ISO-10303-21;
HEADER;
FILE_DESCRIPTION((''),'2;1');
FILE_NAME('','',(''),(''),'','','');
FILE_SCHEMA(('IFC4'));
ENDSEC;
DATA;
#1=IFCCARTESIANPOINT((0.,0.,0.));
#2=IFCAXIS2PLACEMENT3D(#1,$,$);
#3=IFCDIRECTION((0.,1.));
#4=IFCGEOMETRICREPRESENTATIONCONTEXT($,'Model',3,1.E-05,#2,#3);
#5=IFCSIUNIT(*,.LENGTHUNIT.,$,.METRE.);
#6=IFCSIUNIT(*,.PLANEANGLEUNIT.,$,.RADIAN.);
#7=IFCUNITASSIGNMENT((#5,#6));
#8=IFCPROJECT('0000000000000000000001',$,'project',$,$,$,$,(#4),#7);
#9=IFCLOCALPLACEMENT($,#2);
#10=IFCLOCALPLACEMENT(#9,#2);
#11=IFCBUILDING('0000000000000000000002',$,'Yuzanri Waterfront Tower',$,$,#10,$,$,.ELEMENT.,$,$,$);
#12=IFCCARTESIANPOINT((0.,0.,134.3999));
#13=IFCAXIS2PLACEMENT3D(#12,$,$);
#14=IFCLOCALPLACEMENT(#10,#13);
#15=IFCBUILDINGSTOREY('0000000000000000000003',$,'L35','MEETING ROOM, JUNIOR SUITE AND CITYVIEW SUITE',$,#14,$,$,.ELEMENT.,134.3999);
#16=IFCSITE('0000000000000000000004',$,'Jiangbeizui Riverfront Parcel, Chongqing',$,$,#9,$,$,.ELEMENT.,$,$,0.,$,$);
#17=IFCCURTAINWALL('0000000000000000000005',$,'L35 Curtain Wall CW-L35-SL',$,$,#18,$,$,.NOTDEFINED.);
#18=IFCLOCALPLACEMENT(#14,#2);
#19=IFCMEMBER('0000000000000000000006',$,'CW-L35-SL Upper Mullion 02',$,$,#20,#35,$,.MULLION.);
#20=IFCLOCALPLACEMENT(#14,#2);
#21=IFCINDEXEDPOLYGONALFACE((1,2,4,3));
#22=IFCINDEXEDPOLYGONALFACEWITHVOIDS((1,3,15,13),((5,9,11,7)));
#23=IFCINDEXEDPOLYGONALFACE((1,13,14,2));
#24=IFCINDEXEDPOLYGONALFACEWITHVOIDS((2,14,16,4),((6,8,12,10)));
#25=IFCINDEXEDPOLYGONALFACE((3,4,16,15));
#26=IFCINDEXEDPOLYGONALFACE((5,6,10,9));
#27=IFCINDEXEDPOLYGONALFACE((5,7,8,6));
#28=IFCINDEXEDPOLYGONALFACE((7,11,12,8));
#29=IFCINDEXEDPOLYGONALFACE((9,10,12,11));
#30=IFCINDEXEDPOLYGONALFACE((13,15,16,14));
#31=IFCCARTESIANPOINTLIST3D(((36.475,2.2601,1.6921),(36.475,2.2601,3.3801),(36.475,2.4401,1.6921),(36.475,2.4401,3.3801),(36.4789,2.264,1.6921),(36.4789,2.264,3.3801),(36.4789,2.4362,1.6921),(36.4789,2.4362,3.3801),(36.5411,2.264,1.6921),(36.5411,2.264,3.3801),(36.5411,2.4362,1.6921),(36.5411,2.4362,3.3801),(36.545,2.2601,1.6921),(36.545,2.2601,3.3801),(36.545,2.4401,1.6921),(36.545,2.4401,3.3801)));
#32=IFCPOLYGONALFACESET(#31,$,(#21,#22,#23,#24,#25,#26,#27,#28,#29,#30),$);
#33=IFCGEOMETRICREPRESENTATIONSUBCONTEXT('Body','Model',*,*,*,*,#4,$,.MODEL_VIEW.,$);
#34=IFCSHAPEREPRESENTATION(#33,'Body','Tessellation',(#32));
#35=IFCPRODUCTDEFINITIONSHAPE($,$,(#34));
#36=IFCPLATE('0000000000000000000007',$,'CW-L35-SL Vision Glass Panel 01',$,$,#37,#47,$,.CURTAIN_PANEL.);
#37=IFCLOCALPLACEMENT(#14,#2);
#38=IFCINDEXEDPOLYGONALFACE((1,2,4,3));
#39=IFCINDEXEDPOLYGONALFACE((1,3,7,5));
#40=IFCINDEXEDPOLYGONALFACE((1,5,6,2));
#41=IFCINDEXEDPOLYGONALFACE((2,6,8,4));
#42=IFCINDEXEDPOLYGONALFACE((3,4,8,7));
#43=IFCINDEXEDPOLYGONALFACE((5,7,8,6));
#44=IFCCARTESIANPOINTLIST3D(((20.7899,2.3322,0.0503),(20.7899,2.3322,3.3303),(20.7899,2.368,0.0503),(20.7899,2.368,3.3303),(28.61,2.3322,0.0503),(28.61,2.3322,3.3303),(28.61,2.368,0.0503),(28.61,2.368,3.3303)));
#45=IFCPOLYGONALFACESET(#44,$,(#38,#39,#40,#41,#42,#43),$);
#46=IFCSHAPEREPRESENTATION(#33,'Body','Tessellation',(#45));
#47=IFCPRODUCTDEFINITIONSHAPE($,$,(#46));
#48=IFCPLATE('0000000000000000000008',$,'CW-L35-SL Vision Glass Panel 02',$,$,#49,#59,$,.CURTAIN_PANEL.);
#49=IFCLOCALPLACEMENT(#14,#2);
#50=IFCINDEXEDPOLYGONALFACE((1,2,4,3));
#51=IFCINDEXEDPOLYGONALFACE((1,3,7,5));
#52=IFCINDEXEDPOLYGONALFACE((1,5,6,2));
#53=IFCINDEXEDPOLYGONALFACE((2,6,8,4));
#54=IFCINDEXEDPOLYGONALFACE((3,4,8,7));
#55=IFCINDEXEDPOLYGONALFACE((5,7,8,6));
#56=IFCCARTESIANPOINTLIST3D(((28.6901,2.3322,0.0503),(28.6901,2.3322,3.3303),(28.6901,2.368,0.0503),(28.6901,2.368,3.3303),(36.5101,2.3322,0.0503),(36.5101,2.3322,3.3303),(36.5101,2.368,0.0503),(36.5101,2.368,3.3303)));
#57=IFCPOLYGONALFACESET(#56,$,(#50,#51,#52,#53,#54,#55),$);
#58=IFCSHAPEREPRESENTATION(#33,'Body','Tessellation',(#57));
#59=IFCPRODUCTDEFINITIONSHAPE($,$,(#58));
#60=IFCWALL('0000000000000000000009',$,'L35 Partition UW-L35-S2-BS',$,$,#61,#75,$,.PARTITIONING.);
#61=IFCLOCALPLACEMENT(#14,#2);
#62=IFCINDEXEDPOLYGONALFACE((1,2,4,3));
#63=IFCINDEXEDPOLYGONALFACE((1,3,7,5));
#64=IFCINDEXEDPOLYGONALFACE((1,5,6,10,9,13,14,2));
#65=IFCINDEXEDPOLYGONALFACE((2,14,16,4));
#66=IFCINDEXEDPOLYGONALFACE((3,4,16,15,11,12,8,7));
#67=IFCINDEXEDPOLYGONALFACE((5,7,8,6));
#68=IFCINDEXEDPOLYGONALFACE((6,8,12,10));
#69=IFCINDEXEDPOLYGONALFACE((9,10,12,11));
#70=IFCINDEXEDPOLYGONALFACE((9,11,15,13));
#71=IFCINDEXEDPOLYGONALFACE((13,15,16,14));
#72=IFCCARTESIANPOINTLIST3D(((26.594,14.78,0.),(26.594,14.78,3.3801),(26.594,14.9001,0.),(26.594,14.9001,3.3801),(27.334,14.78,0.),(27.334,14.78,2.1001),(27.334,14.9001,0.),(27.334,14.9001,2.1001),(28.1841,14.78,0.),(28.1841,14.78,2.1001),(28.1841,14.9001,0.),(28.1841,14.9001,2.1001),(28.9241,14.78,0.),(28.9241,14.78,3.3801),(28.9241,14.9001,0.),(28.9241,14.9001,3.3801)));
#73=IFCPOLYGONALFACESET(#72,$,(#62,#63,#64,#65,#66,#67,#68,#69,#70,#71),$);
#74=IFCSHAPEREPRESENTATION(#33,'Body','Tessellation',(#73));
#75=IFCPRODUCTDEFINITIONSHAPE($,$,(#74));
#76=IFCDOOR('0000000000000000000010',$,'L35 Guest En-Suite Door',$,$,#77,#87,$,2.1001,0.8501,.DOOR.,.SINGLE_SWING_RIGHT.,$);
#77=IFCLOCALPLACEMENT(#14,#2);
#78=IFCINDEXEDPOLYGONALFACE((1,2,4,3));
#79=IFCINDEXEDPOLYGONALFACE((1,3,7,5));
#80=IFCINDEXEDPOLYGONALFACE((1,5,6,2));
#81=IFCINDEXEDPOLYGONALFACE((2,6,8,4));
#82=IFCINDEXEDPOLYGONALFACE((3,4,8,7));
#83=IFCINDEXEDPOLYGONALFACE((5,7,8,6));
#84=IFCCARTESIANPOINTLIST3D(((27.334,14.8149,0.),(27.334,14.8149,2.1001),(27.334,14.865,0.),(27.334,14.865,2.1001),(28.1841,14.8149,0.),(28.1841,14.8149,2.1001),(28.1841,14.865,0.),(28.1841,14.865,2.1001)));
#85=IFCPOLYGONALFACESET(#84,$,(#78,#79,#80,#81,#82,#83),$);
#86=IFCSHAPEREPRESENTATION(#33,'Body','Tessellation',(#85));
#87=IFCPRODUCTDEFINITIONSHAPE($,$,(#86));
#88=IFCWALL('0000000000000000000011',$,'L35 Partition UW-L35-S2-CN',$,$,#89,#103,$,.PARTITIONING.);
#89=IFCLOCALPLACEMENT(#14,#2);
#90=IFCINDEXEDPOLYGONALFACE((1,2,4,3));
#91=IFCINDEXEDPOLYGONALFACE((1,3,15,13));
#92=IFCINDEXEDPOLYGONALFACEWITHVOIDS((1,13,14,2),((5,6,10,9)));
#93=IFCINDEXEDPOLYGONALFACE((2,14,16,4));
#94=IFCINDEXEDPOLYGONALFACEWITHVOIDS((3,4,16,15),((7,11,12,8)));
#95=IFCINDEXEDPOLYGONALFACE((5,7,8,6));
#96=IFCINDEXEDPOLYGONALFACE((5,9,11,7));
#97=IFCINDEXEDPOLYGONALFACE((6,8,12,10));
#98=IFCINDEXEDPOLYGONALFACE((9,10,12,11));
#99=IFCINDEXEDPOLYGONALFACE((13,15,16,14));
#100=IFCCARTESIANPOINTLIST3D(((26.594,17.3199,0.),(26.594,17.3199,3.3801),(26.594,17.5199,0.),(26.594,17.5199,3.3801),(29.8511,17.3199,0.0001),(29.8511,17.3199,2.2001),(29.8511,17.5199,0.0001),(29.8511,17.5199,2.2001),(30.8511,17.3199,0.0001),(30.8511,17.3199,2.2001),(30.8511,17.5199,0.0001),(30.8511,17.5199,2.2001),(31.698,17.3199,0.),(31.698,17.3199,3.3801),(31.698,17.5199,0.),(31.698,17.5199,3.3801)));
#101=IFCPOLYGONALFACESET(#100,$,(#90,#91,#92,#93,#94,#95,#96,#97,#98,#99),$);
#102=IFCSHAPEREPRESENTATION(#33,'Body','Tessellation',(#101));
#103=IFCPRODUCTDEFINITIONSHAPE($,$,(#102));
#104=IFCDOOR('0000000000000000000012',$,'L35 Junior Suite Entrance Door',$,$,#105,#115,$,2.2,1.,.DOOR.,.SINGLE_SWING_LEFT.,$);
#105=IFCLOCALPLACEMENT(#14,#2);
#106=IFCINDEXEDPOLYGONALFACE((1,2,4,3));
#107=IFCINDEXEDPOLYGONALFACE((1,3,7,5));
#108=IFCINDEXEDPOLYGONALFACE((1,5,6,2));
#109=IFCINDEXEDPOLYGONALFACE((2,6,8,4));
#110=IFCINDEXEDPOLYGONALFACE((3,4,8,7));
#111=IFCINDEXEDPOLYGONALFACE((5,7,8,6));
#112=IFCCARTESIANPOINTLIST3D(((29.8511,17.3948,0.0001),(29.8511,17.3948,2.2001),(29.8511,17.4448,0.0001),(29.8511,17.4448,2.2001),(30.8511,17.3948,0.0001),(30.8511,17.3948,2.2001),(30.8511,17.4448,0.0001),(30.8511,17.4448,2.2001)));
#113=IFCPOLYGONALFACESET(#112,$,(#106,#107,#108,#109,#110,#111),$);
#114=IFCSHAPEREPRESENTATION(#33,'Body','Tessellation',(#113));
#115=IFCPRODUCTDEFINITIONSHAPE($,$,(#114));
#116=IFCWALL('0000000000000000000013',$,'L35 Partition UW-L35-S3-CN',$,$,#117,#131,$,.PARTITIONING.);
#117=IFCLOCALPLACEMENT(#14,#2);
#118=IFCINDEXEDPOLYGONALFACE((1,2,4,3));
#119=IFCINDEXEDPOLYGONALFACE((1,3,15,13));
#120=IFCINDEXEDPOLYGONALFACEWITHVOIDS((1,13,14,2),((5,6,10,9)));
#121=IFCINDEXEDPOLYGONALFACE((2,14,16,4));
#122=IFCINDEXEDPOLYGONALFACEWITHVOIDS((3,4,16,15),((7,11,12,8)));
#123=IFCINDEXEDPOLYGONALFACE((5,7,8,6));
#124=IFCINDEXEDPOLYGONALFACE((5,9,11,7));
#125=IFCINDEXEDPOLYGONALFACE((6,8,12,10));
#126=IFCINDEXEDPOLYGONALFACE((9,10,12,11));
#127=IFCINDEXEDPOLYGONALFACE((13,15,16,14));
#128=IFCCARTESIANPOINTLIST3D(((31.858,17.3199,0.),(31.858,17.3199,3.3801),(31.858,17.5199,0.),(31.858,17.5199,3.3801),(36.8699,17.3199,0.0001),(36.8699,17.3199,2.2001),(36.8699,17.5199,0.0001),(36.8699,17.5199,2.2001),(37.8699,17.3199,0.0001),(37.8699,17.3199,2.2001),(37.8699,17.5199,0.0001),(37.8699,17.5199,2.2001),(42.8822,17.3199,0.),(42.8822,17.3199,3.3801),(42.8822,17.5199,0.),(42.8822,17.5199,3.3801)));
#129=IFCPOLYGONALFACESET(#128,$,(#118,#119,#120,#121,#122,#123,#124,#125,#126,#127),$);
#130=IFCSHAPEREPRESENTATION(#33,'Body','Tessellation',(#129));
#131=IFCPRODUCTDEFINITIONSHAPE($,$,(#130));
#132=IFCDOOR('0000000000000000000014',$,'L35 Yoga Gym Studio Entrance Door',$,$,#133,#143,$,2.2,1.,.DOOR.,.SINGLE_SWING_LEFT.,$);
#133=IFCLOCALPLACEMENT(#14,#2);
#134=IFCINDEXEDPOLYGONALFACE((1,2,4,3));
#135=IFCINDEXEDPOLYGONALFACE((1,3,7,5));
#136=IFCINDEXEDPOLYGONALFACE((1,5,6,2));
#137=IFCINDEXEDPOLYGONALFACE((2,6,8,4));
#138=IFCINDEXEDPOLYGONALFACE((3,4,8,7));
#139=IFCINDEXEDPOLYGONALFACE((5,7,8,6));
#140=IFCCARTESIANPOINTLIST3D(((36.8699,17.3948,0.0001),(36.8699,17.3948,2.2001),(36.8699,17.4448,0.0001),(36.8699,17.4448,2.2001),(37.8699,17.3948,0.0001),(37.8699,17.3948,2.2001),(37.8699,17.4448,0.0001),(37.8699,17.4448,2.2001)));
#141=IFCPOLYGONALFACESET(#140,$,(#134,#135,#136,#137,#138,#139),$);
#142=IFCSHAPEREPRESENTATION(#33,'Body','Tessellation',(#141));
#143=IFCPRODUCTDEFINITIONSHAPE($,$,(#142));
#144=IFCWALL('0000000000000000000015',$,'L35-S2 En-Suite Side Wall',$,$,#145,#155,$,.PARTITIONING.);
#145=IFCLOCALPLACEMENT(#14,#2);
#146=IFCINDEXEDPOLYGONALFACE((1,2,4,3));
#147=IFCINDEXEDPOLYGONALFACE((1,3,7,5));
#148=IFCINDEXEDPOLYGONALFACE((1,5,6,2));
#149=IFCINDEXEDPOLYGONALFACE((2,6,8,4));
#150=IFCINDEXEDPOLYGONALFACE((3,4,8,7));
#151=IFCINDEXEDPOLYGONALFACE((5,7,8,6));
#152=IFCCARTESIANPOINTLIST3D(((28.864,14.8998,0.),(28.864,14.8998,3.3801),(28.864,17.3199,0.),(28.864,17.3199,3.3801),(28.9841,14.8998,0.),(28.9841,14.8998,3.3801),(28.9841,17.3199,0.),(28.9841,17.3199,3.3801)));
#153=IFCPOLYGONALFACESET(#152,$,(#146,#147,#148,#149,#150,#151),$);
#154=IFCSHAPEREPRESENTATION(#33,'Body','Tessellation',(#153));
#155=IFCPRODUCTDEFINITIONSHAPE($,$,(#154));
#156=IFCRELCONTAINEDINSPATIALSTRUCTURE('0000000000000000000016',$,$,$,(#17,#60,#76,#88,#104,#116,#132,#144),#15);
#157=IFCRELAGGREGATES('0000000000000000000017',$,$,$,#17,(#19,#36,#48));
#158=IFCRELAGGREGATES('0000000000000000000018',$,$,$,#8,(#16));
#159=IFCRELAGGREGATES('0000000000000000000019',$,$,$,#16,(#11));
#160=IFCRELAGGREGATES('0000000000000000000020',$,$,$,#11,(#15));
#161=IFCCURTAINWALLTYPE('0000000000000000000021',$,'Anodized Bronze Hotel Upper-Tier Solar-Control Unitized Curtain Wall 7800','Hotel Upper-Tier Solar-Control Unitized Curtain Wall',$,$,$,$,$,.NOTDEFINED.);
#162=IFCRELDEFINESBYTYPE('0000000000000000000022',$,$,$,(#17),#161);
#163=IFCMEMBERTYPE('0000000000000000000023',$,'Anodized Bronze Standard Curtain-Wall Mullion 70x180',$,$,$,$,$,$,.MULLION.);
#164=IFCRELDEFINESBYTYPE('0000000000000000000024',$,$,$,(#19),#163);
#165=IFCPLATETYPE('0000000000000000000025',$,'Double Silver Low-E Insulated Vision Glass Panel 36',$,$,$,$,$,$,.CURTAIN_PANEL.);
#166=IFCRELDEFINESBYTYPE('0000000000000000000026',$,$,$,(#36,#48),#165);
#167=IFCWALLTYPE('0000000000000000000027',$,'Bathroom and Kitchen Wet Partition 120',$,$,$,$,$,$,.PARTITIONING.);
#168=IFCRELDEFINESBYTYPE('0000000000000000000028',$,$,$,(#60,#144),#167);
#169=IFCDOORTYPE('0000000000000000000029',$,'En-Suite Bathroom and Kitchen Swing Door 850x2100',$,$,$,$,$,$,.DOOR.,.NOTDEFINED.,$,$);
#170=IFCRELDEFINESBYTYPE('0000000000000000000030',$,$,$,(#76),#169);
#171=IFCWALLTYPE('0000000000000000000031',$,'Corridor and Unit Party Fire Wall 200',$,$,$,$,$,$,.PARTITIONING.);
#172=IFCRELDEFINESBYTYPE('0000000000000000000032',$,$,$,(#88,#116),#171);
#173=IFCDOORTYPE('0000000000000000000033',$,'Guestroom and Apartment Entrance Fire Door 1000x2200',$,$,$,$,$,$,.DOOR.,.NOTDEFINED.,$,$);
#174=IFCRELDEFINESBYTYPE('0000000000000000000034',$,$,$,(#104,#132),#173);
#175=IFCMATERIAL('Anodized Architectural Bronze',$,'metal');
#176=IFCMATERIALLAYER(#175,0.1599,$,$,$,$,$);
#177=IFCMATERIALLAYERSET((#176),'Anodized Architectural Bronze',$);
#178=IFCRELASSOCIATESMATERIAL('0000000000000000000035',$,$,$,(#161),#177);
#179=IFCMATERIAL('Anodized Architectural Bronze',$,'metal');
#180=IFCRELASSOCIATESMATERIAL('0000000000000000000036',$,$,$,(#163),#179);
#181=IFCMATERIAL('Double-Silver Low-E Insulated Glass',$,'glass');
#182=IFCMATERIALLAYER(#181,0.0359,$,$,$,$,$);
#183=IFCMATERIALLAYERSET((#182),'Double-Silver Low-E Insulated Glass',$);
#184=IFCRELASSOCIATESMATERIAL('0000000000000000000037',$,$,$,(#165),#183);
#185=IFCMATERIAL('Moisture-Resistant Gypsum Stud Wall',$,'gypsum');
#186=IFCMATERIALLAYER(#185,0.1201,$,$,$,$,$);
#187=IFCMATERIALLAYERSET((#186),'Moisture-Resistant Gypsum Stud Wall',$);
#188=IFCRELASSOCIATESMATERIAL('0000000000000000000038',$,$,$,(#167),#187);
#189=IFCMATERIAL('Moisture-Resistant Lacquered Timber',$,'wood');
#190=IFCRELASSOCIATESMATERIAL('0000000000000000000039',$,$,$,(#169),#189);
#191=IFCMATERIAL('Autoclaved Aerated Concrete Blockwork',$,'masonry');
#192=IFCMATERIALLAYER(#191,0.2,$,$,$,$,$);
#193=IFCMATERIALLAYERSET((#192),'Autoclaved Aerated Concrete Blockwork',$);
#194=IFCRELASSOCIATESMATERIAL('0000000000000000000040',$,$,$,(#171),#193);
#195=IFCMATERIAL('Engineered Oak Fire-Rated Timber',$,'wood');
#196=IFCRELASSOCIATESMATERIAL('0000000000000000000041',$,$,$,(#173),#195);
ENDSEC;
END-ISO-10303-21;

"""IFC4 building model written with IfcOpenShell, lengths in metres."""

from ifc_helpers import new_model, si_unit, direction, frame, frame_2d, origin, origin_2d, place, context, subcontext, project, spatial, rectangle, hollow_rectangle, extrude, source, transform, mapped, material, layer, layer_set, material_profile, profile_set, type_object, element, fill, aggregate, save


model = new_model("IFC4")

# Units and contexts
model_context = context("Model", 3, precision=1e-05, world=origin(), true_north=direction((0.0, 1.0)))
body_context = subcontext(model_context, "Body", "Model", "MODEL_VIEW")
ifc_project = project(units=[si_unit("LENGTHUNIT", "METRE"), si_unit("PLANEANGLEUNIT", "RADIAN")], contexts=[model_context])

# Site, building, storey
site_placement = place(None, origin())
site = spatial("IfcSite", under=ifc_project, at=site_placement, Name="Jiangbeizui Riverfront Parcel, Chongqing", CompositionType="ELEMENT", RefElevation=0.0)
building_placement = place(site_placement, origin())
building = spatial("IfcBuilding", under=site, at=building_placement, Name="Yuzanri Waterfront Tower", CompositionType="ELEMENT")
storey_placement = place(building_placement, frame((0.0, 0.0, 134.3999)))
storey = spatial("IfcBuildingStorey", under=building, at=storey_placement, Name="L35", Description="MEETING ROOM, JUNIOR SUITE AND CITYVIEW SUITE", CompositionType="ELEMENT", Elevation=134.3999)

# Curtain wall, member, plates
ifc_material_1 = material(Name="Anodized Architectural Bronze", Category="metal")
ifc_layer_1 = layer(ifc_material_1, 0.1599)
ifc_layer_set_1 = layer_set([ifc_layer_1], Name="Anodized Architectural Bronze")
curtain_wall_type = type_object("IfcCurtainWallType", Name="Anodized Bronze Hotel Upper-Tier Solar-Control Unitized Curtain Wall 7800", Description="Hotel Upper-Tier Solar-Control Unitized Curtain Wall", PredefinedType="NOTDEFINED", material=ifc_layer_set_1)
curtain_wall_placement = place(storey_placement, origin())
curtain_wall = element("IfcCurtainWall", 1, at=curtain_wall_placement, inside=storey, type_object=curtain_wall_type, Name="L35 Curtain Wall CW-L35-SL", PredefinedType="NOTDEFINED")
ifc_material_2 = material(Name="Anodized Architectural Bronze", Category="metal")
ifc_material_profile_1 = material_profile(ifc_material_2, hollow_rectangle(XDim=0.0701, YDim=0.1799, WallThickness=0.0039, at=origin_2d()), Name="CWM 70x180")
ifc_profile_set_1 = profile_set([ifc_material_profile_1], Name="Anodized Architectural Bronze")
member_type = type_object("IfcMemberType", Name="Anodized Bronze Standard Curtain-Wall Mullion 70x180", PredefinedType="MULLION", material=ifc_profile_set_1)
shared_shape_1 = source(origin(), body_context, "Body", "SweptSolid", [
    extrude(hollow_rectangle(XDim=0.0701, YDim=0.1799, WallThickness=0.0039, at=origin_2d()), origin(), (0.0, 0.0, 1.0), 1.688),
])
member_1_placement = place(storey_placement, frame((36.51, 2.3501, 1.6921), z_axis=(0.0, 0.0, 1.0), x_axis=(1.0, 0.0, 0.0)))
member_1 = element("IfcMember", 2, at=member_1_placement, type_object=member_type, Name="CW-L35-SL Upper Mullion 02", PredefinedType="MULLION", context=body_context, shape_type="MappedRepresentation", body=[
    mapped(shared_shape_1, transform((0.0, 0.0, 0.0), scale=1.0)),
])
ifc_material_3 = material(Name="Double-Silver Low-E Insulated Glass", Category="glass")
ifc_layer_2 = layer(ifc_material_3, 0.0359)
ifc_layer_set_2 = layer_set([ifc_layer_2], Name="Double-Silver Low-E Insulated Glass")
plate_type = type_object("IfcPlateType", Name="Double Silver Low-E Insulated Vision Glass Panel 36", PredefinedType="CURTAIN_PANEL", material=ifc_layer_set_2)
shared_shape_2 = source(origin(), body_context, "Body", "SweptSolid", [
    extrude(rectangle(XDim=7.8201, YDim=0.0359, at=origin_2d()), origin(), (0.0, 0.0, 1.0), 3.28),
])
plate_1_placement = place(storey_placement, frame((24.7, 2.3501, 0.0503), z_axis=(0.0, 0.0, 1.0), x_axis=(1.0, 0.0, 0.0)))
plate_1 = element("IfcPlate", 3, at=plate_1_placement, type_object=plate_type, Name="CW-L35-SL Vision Glass Panel 01", PredefinedType="CURTAIN_PANEL", context=body_context, shape_type="MappedRepresentation", body=[
    mapped(shared_shape_2, transform((0.0, 0.0, 0.0), scale=1.0)),
])
plate_2_placement = place(storey_placement, frame((32.6001, 2.3501, 0.0503), z_axis=(0.0, 0.0, 1.0), x_axis=(1.0, 0.0, 0.0)))
plate_2 = element("IfcPlate", 4, at=plate_2_placement, type_object=plate_type, Name="CW-L35-SL Vision Glass Panel 02", PredefinedType="CURTAIN_PANEL", context=body_context, shape_type="MappedRepresentation", body=[
    mapped(shared_shape_2, transform((0.0, 0.0, 0.0), scale=1.0)),
])
aggregate(curtain_wall, [member_1, plate_1, plate_2])

# Walls, openings, doors
ifc_material_4 = material(Name="Moisture-Resistant Gypsum Stud Wall", Category="gypsum")
ifc_layer_3 = layer(ifc_material_4, 0.1201)
ifc_layer_set_3 = layer_set([ifc_layer_3], Name="Moisture-Resistant Gypsum Stud Wall")
wall_type_1 = type_object("IfcWallType", Name="Bathroom and Kitchen Wet Partition 120", PredefinedType="PARTITIONING", material=ifc_layer_set_3)
wall_1_placement = place(storey_placement, frame((26.594, 14.8401, 0.0), z_axis=(0.0, 0.0, 1.0), x_axis=(1.0, 0.0, 0.0)))
wall_1 = element("IfcWall", 5, at=wall_1_placement, inside=storey, type_object=wall_type_1, Name="L35 Partition UW-L35-S2-BS", PredefinedType="PARTITIONING", context=body_context, shape_type="SweptSolid", body=[
    extrude(rectangle(XDim=2.3301, YDim=0.1201, at=frame_2d((1.165, 0.0))), origin(), (0.0, 0.0, 1.0), 3.3801),
])
opening_1_placement = place(wall_1_placement, frame((0.74, 0.0, 0.0)))
opening_1 = element("IfcOpeningElement", 6, at=opening_1_placement, cuts=wall_1, PredefinedType="OPENING", context=body_context, shape_type="SweptSolid", body=[
    extrude(rectangle(XDim=0.8501, YDim=2.1001, at=frame_2d((0.425, 1.05))), frame((0.0, 0.075, 0.0), z_axis=(0.0, -1.0, 0.0), x_axis=(1.0, 0.0, 0.0)), (0.0, 0.0, 1.0), 0.1499),
])
ifc_material_5 = material(Name="Moisture-Resistant Lacquered Timber", Category="wood")
door_type_1 = type_object("IfcDoorType", Name="En-Suite Bathroom and Kitchen Swing Door 850x2100", OperationType="NOTDEFINED", PredefinedType="DOOR", material=ifc_material_5)
shared_shape_3 = source(origin(), body_context, "Body", "SweptSolid", [
    extrude(rectangle(XDim=0.8501, YDim=2.1001, at=frame_2d((0.425, 1.05))), frame((0.0, 0.0249, 0.0), z_axis=(0.0, -1.0, 0.0), x_axis=(1.0, 0.0, 0.0)), (0.0, 0.0, 1.0), 0.05),
])
door_1_placement = place(opening_1_placement, origin())
door_1 = element("IfcDoor", 7, at=door_1_placement, inside=storey, type_object=door_type_1, Name="L35 Guest En-Suite Door", OperationType="SINGLE_SWING_RIGHT", OverallHeight=2.1001, OverallWidth=0.8501, PredefinedType="DOOR", context=body_context, shape_type="MappedRepresentation", body=[
    mapped(shared_shape_3, transform((0.0, 0.0, 0.0), scale=1.0)),
])
fill(opening_1, door_1)
ifc_material_6 = material(Name="Autoclaved Aerated Concrete Blockwork", Category="masonry")
ifc_layer_4 = layer(ifc_material_6, 0.2)
ifc_layer_set_4 = layer_set([ifc_layer_4], Name="Autoclaved Aerated Concrete Blockwork")
wall_type_2 = type_object("IfcWallType", Name="Corridor and Unit Party Fire Wall 200", PredefinedType="PARTITIONING", material=ifc_layer_set_4)
wall_2_placement = place(storey_placement, frame((26.594, 17.4199, 0.0), z_axis=(0.0, 0.0, 1.0), x_axis=(1.0, 0.0, 0.0)))
wall_2 = element("IfcWall", 8, at=wall_2_placement, inside=storey, type_object=wall_type_2, Name="L35 Partition UW-L35-S2-CN", PredefinedType="PARTITIONING", context=body_context, shape_type="SweptSolid", body=[
    extrude(rectangle(XDim=5.104, YDim=0.2, at=frame_2d((2.552, 0.0))), origin(), (0.0, 0.0, 1.0), 3.3801),
])
opening_2_placement = place(wall_2_placement, frame((3.2571, 0.0, 0.0)))
opening_2 = element("IfcOpeningElement", 9, at=opening_2_placement, cuts=wall_2, PredefinedType="OPENING", context=body_context, shape_type="SweptSolid", body=[
    extrude(rectangle(XDim=1.0, YDim=2.2, at=frame_2d((0.5, 1.1001))), frame((0.0, 0.1147, 0.0), z_axis=(0.0, -1.0, 0.0), x_axis=(1.0, 0.0, 0.0)), (0.0, 0.0, 1.0), 0.2297),
])
ifc_material_7 = material(Name="Engineered Oak Fire-Rated Timber", Category="wood")
door_type_2 = type_object("IfcDoorType", Name="Guestroom and Apartment Entrance Fire Door 1000x2200", OperationType="NOTDEFINED", PredefinedType="DOOR", material=ifc_material_7)
shared_shape_4 = source(origin(), body_context, "Body", "SweptSolid", [
    extrude(rectangle(XDim=1.0, YDim=2.2, at=frame_2d((0.5, 1.1001))), frame((0.0, 0.0249, 0.0), z_axis=(0.0, -1.0, 0.0), x_axis=(1.0, 0.0, 0.0)), (0.0, 0.0, 1.0), 0.05),
])
door_2_placement = place(opening_2_placement, origin())
door_2 = element("IfcDoor", 10, at=door_2_placement, inside=storey, type_object=door_type_2, Name="L35 Junior Suite Entrance Door", OperationType="SINGLE_SWING_LEFT", OverallHeight=2.2, OverallWidth=1.0, PredefinedType="DOOR", context=body_context, shape_type="MappedRepresentation", body=[
    mapped(shared_shape_4, transform((0.0, 0.0, 0.0), scale=1.0)),
])
fill(opening_2, door_2)
wall_3_placement = place(storey_placement, frame((31.8579, 17.4199, 0.0), z_axis=(0.0, 0.0, 1.0), x_axis=(1.0, 0.0, 0.0)))
wall_3 = element("IfcWall", 11, at=wall_3_placement, inside=storey, type_object=wall_type_2, Name="L35 Partition UW-L35-S3-CN", PredefinedType="PARTITIONING", context=body_context, shape_type="SweptSolid", body=[
    extrude(rectangle(XDim=11.0242, YDim=0.2, at=frame_2d((5.5122, 0.0))), origin(), (0.0, 0.0, 1.0), 3.3801),
])
opening_3_placement = place(wall_3_placement, frame((5.012, 0.0, 0.0)))
opening_3 = element("IfcOpeningElement", 12, at=opening_3_placement, cuts=wall_3, PredefinedType="OPENING", context=body_context, shape_type="SweptSolid", body=[
    extrude(rectangle(XDim=1.0, YDim=2.2, at=frame_2d((0.5, 1.1001))), frame((0.0, 0.1147, 0.0), z_axis=(0.0, -1.0, 0.0), x_axis=(1.0, 0.0, 0.0)), (0.0, 0.0, 1.0), 0.2297),
])
door_3_placement = place(opening_3_placement, origin())
door_3 = element("IfcDoor", 13, at=door_3_placement, inside=storey, type_object=door_type_2, Name="L35 Yoga Gym Studio Entrance Door", OperationType="SINGLE_SWING_LEFT", OverallHeight=2.2, OverallWidth=1.0, PredefinedType="DOOR", context=body_context, shape_type="MappedRepresentation", body=[
    mapped(shared_shape_4, transform((0.0, 0.0, 0.0), scale=1.0)),
])
fill(opening_3, door_3)

# Wall
shared_shape_5 = source(origin(), body_context, "Body", "SweptSolid", [
    extrude(rectangle(XDim=2.4202, YDim=0.1201, at=frame_2d((1.21, 0.0))), origin(), (0.0, 0.0, 1.0), 3.3801),
])
wall_4_placement = place(storey_placement, frame((28.9241, 14.8999, 0.0), z_axis=(0.0, 0.0, 1.0), x_axis=(0.0, 1.0, 0.0)))
element("IfcWall", 14, at=wall_4_placement, inside=storey, type_object=wall_type_1, Name="L35-S2 En-Suite Side Wall", PredefinedType="PARTITIONING", context=body_context, shape_type="MappedRepresentation", body=[
    mapped(shared_shape_5, transform((0.0, 0.0, 0.0), scale=1.0)),
])

save(model, "model.ifc")
